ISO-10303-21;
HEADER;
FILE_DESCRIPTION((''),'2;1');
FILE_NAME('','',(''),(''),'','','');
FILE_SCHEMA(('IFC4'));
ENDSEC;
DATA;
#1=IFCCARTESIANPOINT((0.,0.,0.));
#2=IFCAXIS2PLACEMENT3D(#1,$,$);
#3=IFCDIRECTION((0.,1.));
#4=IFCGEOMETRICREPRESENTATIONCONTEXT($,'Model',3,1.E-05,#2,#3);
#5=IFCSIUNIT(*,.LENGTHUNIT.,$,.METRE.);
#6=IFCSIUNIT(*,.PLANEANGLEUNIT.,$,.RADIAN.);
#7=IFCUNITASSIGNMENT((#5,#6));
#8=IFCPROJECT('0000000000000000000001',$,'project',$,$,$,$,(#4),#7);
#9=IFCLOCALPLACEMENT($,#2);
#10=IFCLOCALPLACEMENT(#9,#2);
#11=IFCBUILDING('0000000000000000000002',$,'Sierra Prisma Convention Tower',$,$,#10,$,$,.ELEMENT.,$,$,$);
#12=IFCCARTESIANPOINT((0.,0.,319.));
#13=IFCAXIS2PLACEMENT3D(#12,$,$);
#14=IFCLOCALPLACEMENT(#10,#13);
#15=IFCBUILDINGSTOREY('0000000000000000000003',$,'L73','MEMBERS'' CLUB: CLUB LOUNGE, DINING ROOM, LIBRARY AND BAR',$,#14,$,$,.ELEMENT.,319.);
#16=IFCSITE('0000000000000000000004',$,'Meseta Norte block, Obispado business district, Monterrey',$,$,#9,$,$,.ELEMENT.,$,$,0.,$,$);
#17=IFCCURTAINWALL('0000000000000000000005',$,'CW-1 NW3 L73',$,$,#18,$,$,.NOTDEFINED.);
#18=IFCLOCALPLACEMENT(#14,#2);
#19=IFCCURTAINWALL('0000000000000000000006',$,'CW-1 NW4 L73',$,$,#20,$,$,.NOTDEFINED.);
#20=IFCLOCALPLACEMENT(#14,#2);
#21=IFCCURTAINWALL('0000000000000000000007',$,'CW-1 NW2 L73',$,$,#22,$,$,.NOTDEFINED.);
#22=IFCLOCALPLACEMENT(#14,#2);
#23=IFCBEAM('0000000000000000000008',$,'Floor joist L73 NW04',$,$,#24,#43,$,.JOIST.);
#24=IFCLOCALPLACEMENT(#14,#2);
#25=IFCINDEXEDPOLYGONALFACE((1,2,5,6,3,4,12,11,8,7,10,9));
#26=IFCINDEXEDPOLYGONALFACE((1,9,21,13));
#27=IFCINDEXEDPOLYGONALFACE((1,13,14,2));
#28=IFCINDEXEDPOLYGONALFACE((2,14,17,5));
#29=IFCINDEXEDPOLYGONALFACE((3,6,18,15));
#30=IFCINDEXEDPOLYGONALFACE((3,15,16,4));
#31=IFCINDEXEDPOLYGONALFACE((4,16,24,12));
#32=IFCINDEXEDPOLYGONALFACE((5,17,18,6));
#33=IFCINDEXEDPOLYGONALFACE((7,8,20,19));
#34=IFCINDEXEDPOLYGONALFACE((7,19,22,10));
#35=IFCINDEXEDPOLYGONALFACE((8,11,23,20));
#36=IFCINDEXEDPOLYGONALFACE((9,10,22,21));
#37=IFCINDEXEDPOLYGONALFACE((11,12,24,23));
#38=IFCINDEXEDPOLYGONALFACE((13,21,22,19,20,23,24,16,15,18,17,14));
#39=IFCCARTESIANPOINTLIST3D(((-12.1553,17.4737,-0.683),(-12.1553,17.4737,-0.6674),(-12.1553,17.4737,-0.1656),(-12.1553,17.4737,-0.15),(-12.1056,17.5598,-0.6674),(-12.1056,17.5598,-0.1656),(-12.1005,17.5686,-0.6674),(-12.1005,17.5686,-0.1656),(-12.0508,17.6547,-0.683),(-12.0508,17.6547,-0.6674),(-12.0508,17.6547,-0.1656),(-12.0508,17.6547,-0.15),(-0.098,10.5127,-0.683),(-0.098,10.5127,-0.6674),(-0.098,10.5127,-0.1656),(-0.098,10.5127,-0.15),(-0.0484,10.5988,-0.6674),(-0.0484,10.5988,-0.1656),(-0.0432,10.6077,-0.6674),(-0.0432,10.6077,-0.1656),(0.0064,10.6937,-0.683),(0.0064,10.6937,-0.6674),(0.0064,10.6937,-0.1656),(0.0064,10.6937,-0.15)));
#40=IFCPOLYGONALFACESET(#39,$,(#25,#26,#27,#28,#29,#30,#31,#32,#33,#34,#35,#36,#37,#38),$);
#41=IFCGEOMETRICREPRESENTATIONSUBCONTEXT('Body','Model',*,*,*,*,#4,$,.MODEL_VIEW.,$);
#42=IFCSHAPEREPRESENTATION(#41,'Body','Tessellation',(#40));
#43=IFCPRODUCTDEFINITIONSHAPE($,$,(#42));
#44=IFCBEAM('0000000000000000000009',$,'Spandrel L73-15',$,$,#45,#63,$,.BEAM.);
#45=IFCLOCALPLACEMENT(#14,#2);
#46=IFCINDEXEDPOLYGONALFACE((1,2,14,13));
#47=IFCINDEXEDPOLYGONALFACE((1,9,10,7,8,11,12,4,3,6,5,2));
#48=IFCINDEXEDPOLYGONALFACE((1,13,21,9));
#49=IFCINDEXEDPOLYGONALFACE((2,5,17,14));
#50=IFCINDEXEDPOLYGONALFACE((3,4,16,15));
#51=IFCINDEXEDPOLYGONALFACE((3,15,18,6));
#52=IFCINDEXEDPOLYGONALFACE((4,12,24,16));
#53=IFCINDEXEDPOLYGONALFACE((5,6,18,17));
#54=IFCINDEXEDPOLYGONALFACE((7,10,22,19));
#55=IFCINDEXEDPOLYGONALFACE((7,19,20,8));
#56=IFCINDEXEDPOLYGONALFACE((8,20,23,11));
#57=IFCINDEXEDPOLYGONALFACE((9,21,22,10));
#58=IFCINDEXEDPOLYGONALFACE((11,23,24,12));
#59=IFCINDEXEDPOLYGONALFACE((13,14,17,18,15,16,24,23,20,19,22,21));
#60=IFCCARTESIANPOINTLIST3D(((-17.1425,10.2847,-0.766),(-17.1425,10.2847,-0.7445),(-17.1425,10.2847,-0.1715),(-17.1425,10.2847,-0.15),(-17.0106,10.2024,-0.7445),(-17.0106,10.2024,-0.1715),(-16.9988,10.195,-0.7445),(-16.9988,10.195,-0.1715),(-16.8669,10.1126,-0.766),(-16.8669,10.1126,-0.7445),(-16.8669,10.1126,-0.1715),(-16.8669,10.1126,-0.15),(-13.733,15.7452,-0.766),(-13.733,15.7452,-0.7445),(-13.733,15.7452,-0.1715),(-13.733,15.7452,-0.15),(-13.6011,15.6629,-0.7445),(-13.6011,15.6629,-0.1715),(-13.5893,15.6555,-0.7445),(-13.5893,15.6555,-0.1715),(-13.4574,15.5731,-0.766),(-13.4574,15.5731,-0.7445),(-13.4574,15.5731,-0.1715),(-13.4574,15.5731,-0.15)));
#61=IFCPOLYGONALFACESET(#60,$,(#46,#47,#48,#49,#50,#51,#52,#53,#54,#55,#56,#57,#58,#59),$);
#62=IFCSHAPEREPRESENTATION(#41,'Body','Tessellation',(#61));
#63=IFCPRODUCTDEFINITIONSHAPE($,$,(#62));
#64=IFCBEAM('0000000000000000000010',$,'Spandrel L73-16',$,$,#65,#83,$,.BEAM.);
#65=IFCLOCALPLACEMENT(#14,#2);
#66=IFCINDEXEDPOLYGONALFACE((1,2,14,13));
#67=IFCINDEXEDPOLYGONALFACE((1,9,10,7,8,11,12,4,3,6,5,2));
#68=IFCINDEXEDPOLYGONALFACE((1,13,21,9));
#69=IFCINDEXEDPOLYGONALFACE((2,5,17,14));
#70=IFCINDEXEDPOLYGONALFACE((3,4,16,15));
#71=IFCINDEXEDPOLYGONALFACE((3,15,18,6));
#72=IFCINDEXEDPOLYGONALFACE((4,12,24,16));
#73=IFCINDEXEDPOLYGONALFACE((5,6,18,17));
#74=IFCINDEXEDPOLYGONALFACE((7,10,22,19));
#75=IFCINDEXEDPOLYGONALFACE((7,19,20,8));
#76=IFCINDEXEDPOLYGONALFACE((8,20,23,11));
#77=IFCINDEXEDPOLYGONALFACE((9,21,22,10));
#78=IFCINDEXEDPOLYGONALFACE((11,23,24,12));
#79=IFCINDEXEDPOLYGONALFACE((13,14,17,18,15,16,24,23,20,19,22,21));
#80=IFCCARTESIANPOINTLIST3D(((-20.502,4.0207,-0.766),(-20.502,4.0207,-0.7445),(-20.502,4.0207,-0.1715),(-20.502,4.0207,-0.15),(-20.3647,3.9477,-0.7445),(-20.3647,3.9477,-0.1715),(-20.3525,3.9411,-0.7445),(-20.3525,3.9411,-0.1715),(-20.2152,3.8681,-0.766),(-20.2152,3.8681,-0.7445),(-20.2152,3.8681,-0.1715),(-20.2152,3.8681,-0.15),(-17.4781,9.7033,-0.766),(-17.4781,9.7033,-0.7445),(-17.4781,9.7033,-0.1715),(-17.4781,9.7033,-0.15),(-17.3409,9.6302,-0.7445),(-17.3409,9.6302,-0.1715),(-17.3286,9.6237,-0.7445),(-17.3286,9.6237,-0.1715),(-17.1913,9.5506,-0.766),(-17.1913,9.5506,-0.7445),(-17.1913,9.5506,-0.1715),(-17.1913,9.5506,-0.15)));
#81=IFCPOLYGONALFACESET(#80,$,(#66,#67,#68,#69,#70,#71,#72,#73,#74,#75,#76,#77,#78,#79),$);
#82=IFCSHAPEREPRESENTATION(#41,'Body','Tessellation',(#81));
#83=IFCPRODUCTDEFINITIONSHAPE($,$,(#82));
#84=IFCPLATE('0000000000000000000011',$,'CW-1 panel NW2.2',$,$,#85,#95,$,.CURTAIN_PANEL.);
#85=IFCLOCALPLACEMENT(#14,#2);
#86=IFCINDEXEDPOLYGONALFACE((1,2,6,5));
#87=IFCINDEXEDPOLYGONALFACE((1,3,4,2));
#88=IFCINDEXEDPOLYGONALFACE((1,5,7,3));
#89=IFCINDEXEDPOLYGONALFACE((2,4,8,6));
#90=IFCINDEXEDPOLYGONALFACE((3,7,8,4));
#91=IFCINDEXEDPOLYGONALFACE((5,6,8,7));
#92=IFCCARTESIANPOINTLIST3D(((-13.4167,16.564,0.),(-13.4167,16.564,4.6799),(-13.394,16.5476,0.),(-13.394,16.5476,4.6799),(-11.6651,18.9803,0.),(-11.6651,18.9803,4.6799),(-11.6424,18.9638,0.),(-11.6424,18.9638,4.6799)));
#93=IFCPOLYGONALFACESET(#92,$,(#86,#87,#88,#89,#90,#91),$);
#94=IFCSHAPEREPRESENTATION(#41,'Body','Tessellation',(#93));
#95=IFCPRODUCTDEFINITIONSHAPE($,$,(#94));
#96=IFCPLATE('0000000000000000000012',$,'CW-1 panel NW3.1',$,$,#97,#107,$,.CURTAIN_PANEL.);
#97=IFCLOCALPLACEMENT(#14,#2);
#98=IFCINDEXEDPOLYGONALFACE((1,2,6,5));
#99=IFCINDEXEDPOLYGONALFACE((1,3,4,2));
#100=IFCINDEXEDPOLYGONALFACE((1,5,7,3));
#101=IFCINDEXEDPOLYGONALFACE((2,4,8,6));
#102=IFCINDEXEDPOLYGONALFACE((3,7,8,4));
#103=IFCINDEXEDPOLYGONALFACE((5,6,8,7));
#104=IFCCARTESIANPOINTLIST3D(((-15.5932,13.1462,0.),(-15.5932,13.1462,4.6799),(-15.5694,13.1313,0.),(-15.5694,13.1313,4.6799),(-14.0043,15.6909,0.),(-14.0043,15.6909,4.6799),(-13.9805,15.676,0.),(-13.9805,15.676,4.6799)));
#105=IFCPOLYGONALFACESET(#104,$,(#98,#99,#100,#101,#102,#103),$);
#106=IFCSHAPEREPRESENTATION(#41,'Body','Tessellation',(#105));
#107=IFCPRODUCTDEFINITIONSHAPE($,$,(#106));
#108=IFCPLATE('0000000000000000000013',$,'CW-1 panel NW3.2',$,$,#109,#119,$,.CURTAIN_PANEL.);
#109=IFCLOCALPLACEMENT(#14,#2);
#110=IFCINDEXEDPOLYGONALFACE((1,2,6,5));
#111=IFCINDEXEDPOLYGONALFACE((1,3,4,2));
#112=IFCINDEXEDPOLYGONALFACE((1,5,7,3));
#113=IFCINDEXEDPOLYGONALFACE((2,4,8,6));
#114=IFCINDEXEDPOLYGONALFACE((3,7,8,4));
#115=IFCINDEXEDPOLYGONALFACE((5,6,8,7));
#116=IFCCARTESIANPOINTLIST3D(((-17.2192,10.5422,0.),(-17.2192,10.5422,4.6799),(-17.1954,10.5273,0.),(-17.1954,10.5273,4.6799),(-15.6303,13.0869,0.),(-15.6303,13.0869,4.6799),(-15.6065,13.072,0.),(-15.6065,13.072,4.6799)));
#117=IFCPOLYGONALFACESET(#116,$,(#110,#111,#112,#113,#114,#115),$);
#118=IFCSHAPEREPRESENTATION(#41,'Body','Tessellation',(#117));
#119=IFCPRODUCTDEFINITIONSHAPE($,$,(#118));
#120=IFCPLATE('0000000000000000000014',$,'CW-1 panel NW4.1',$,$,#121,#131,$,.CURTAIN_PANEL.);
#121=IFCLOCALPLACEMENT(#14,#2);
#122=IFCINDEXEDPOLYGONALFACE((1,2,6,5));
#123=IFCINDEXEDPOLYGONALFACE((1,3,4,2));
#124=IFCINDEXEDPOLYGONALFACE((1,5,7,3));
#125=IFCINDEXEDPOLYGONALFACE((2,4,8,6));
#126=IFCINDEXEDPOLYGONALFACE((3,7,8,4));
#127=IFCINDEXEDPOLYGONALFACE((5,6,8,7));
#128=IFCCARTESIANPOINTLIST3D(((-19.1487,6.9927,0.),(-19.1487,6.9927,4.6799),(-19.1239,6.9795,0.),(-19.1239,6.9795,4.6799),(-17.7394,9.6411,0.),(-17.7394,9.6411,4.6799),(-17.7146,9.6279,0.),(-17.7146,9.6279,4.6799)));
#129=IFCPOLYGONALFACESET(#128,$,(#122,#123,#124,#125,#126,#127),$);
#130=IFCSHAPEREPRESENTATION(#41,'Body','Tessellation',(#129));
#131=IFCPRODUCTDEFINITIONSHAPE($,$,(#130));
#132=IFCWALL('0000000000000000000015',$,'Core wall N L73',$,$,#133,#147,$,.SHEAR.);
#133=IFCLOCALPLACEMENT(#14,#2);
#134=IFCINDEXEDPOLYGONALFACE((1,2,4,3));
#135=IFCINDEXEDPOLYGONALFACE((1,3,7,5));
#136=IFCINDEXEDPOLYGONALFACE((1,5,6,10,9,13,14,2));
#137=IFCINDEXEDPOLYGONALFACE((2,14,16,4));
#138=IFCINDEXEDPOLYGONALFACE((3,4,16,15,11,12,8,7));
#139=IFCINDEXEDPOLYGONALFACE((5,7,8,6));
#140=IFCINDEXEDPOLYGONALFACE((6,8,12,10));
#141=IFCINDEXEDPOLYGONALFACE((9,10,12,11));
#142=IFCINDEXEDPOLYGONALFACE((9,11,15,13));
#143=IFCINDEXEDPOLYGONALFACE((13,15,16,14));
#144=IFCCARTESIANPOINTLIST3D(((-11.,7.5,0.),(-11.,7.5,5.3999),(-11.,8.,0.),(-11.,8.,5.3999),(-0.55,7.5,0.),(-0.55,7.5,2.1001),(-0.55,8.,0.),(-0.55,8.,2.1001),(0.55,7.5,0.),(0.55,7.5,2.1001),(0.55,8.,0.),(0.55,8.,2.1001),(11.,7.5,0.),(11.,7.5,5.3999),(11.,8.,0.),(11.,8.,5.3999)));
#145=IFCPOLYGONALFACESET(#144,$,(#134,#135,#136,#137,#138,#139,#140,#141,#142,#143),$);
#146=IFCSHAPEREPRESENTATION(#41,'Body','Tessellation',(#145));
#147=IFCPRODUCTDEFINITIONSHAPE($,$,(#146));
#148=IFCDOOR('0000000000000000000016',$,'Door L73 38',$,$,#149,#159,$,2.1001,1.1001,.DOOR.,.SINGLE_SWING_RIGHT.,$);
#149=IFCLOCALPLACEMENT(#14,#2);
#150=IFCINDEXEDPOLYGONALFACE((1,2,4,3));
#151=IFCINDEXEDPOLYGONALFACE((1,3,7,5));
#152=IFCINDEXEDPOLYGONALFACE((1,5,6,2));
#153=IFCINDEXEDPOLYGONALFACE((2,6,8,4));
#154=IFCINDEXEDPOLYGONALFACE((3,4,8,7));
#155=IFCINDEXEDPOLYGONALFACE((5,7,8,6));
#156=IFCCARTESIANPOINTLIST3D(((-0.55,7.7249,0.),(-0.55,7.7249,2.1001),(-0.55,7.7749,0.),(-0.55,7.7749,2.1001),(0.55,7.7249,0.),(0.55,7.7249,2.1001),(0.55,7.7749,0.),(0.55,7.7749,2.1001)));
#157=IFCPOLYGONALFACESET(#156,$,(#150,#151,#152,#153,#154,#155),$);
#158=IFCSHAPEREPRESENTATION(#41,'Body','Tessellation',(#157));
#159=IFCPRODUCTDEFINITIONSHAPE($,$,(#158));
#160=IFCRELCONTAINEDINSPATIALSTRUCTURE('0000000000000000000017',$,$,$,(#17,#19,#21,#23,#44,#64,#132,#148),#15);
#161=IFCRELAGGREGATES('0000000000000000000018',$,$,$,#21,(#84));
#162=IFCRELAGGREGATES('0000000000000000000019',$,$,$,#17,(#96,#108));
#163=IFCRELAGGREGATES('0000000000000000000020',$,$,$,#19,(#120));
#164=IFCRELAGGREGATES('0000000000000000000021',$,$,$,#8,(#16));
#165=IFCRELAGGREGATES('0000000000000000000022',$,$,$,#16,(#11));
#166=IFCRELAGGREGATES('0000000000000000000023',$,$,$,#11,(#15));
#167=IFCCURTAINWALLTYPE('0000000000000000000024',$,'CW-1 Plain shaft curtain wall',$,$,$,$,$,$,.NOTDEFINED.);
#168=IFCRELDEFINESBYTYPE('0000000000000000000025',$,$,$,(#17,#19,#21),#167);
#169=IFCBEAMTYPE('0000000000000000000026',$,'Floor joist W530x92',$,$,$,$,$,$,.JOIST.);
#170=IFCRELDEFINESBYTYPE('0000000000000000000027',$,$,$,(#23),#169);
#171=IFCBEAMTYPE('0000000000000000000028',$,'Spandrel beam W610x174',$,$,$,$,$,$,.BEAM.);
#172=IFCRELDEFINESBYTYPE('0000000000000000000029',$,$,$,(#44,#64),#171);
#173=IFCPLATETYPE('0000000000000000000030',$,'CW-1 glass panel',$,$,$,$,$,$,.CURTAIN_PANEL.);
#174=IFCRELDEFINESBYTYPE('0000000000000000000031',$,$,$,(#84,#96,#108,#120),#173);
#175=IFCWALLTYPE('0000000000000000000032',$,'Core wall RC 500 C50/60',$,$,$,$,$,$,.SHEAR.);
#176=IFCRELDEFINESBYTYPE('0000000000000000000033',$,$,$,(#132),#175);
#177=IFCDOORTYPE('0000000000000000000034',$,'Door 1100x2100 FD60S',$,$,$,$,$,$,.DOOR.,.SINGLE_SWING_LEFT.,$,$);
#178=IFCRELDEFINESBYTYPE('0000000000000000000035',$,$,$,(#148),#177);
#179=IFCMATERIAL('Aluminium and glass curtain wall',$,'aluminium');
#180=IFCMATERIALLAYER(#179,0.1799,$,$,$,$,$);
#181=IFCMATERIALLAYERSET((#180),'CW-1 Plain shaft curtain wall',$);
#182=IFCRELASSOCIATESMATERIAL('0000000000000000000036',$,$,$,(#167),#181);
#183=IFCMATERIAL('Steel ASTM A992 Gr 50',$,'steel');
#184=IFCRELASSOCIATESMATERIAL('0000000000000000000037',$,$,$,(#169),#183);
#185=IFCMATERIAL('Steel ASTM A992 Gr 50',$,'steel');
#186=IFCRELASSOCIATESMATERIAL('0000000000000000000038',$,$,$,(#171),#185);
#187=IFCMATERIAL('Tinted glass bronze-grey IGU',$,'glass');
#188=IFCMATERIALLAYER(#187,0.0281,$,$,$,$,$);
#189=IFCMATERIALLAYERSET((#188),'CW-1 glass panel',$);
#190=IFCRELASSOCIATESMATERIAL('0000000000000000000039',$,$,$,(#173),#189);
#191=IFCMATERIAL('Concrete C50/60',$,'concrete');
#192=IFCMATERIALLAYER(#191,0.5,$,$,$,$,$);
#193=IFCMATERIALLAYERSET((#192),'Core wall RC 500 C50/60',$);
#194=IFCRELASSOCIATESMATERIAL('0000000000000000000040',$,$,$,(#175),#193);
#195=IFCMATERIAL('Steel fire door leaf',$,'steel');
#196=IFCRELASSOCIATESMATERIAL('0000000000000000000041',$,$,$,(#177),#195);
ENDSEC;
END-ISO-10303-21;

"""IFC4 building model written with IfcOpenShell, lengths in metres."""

from ifc_helpers import new_model, si_unit, direction, frame, frame_2d, origin, origin_2d, place, context, subcontext, project, spatial, rectangle, i_section, extrude, material, layer, layer_set, material_profile, profile_set, type_object, element, fill, aggregate, save


model = new_model("IFC4")

# Units and contexts
model_context = context("Model", 3, precision=1e-05, world=origin(), true_north=direction((0.0, 1.0)))
body_context = subcontext(model_context, "Body", "Model", "MODEL_VIEW")
ifc_project = project(units=[si_unit("LENGTHUNIT", "METRE"), si_unit("PLANEANGLEUNIT", "RADIAN")], contexts=[model_context])

# Site, building, storey
site_placement = place(None, origin())
site = spatial("IfcSite", under=ifc_project, at=site_placement, Name="Meseta Norte block, Obispado business district, Monterrey", CompositionType="ELEMENT", RefElevation=0.0)
building_placement = place(site_placement, origin())
building = spatial("IfcBuilding", under=site, at=building_placement, Name="Sierra Prisma Convention Tower", CompositionType="ELEMENT")
storey_placement = place(building_placement, frame((0.0, 0.0, 319.0)))
storey = spatial("IfcBuildingStorey", under=building, at=storey_placement, Name="L73", Description="MEMBERS' CLUB: CLUB LOUNGE, DINING ROOM, LIBRARY AND BAR", CompositionType="ELEMENT", Elevation=319.0)

# Curtain wall
ifc_material_1 = material(Name="Aluminium and glass curtain wall", Category="aluminium")
ifc_layer_1 = layer(ifc_material_1, 0.1799)
ifc_layer_set_1 = layer_set([ifc_layer_1], Name="CW-1 Plain shaft curtain wall")
curtain_wall_type = type_object("IfcCurtainWallType", Name="CW-1 Plain shaft curtain wall", PredefinedType="NOTDEFINED", material=ifc_layer_set_1)
curtain_wall_1_placement = place(storey_placement, origin())
curtain_wall_1 = element("IfcCurtainWall", 1, at=curtain_wall_1_placement, inside=storey, type_object=curtain_wall_type, Name="CW-1 NW3 L73", PredefinedType="NOTDEFINED")

# Curtain walls
curtain_wall_2_placement = place(storey_placement, origin())
curtain_wall_2 = element("IfcCurtainWall", 2, at=curtain_wall_2_placement, inside=storey, type_object=curtain_wall_type, Name="CW-1 NW4 L73", PredefinedType="NOTDEFINED")
curtain_wall_3_placement = place(storey_placement, origin())
curtain_wall_3 = element("IfcCurtainWall", 3, at=curtain_wall_3_placement, inside=storey, type_object=curtain_wall_type, Name="CW-1 NW2 L73", PredefinedType="NOTDEFINED")

# Beams
ifc_material_2 = material(Name="Steel ASTM A992 Gr 50", Category="steel")
ifc_material_profile_1 = material_profile(ifc_material_2, i_section(OverallWidth=0.209, OverallDepth=0.533, WebThickness=0.0103, FlangeThickness=0.0156, at=origin_2d()), Name="W530x92")
ifc_profile_set_1 = profile_set([ifc_material_profile_1], Name="Steel ASTM A992 Gr 50")
beam_type_1 = type_object("IfcBeamType", Name="Floor joist W530x92", PredefinedType="JOIST", material=ifc_profile_set_1)
beam_1_placement = place(storey_placement, frame((-12.103, 17.5642, -0.4165), z_axis=(0.866033, -0.499987, 0.0), x_axis=(0.499987, 0.866033, 0.0)))
element("IfcBeam", 4, at=beam_1_placement, inside=storey, type_object=beam_type_1, Name="Floor joist L73 NW04", PredefinedType="JOIST", context=body_context, shape_type="SweptSolid", body=[
    extrude(i_section(OverallWidth=0.209, OverallDepth=0.533, WebThickness=0.0103, FlangeThickness=0.0156, at=origin_2d()), origin(), (0.0, 0.0, 1.0), 13.9224),
])
ifc_material_3 = material(Name="Steel ASTM A992 Gr 50", Category="steel")
ifc_material_profile_2 = material_profile(ifc_material_3, i_section(OverallWidth=0.325, OverallDepth=0.616, WebThickness=0.0139, FlangeThickness=0.0215, at=origin_2d()), Name="W610x174")
ifc_profile_set_2 = profile_set([ifc_material_profile_2], Name="Steel ASTM A992 Gr 50")
beam_type_2 = type_object("IfcBeamType", Name="Spandrel beam W610x174", PredefinedType="BEAM", material=ifc_profile_set_2)
beam_2_placement = place(storey_placement, frame((-13.5952, 15.6592, -0.458), z_axis=(-0.529624, -0.848233, 0.0), x_axis=(0.848233, -0.529624, 0.0)))
element("IfcBeam", 5, at=beam_2_placement, inside=storey, type_object=beam_type_2, Name="Spandrel L73-15", PredefinedType="BEAM", context=body_context, shape_type="SweptSolid", body=[
    extrude(i_section(OverallWidth=0.325, OverallDepth=0.616, WebThickness=0.0139, FlangeThickness=0.0215, at=origin_2d()), origin(), (0.0, 0.0, 1.0), 6.4375),
])
beam_3_placement = place(storey_placement, frame((-17.3347, 9.627, -0.458), z_axis=(-0.469765, -0.882791, 0.0), x_axis=(0.882791, -0.469765, 0.0)))
element("IfcBeam", 6, at=beam_3_placement, inside=storey, type_object=beam_type_2, Name="Spandrel L73-16", PredefinedType="BEAM", context=body_context, shape_type="SweptSolid", body=[
    extrude(i_section(OverallWidth=0.325, OverallDepth=0.616, WebThickness=0.0139, FlangeThickness=0.0215, at=origin_2d()), origin(), (0.0, 0.0, 1.0), 6.437),
])

# Plates
ifc_material_4 = material(Name="Tinted glass bronze-grey IGU", Category="glass")
ifc_layer_2 = layer(ifc_material_4, 0.0281)
ifc_layer_set_2 = layer_set([ifc_layer_2], Name="CW-1 glass panel")
plate_type = type_object("IfcPlateType", Name="CW-1 glass panel", PredefinedType="CURTAIN_PANEL", material=ifc_layer_set_2)
plate_1_placement = place(storey_placement, frame((-12.5295, 17.7639, 0.0), z_axis=(0.0, 0.0, 1.0), x_axis=(-0.586938, -0.809632, 0.0)))
plate_1 = element("IfcPlate", 7, at=plate_1_placement, type_object=plate_type, Name="CW-1 panel NW2.2", PredefinedType="CURTAIN_PANEL", context=body_context, shape_type="SweptSolid", body=[
    extrude(rectangle(XDim=2.9844, YDim=0.0281, at=origin_2d()), origin(), (0.0, 0.0, 1.0), 4.6799),
])
aggregate(curtain_wall_3, [plate_1])
plate_2_placement = place(storey_placement, frame((-14.7869, 14.4111, 0.0), z_axis=(0.0, 0.0, 1.0), x_axis=(-0.529623, -0.848233, 0.0)))
plate_2 = element("IfcPlate", 8, at=plate_2_placement, type_object=plate_type, Name="CW-1 panel NW3.1", PredefinedType="CURTAIN_PANEL", context=body_context, shape_type="SweptSolid", body=[
    extrude(rectangle(XDim=3.0, YDim=0.0281, at=origin_2d()), origin(), (0.0, 0.0, 1.0), 4.6799),
])
plate_3_placement = place(storey_placement, frame((-16.4128, 11.8071, 0.0), z_axis=(0.0, 0.0, 1.0), x_axis=(-0.529623, -0.848233, 0.0)))
plate_3 = element("IfcPlate", 9, at=plate_3_placement, type_object=plate_type, Name="CW-1 panel NW3.2", PredefinedType="CURTAIN_PANEL", context=body_context, shape_type="SweptSolid", body=[
    extrude(rectangle(XDim=3.0, YDim=0.0281, at=origin_2d()), origin(), (0.0, 0.0, 1.0), 4.6799),
])
aggregate(curtain_wall_1, [plate_2, plate_3])
plate_4_placement = place(storey_placement, frame((-18.4316, 8.3103, 0.0), z_axis=(0.0, 0.0, 1.0), x_axis=(-0.46978, -0.882784, 0.0)))
plate_4 = element("IfcPlate", 10, at=plate_4_placement, type_object=plate_type, Name="CW-1 panel NW4.1", PredefinedType="CURTAIN_PANEL", context=body_context, shape_type="SweptSolid", body=[
    extrude(rectangle(XDim=3.0, YDim=0.0281, at=origin_2d()), origin(), (0.0, 0.0, 1.0), 4.6799),
])
aggregate(curtain_wall_2, [plate_4])

# Wall, opening, door
ifc_material_5 = material(Name="Concrete C50/60", Category="concrete")
ifc_layer_3 = layer(ifc_material_5, 0.5)
ifc_layer_set_3 = layer_set([ifc_layer_3], Name="Core wall RC 500 C50/60")
wall_type_1 = type_object("IfcWallType", Name="Core wall RC 500 C50/60", PredefinedType="SHEAR", material=ifc_layer_set_3)
wall_1_placement = place(storey_placement, frame((-11.0, 7.75, 0.0), z_axis=(0.0, 0.0, 1.0), x_axis=(1.0, 0.0, 0.0)))
wall_1 = element("IfcWall", 11, at=wall_1_placement, inside=storey, type_object=wall_type_1, Name="Core wall N L73", PredefinedType="SHEAR", context=body_context, shape_type="SweptSolid", body=[
    extrude(rectangle(XDim=22.0, YDim=0.5, at=frame_2d((11.0, 0.0))), origin(), (0.0, 0.0, 1.0), 5.3999),
])
opening_1_placement = place(wall_1_placement, frame((10.45, 0.0, 0.0)))
opening_1 = element("IfcOpeningElement", 12, at=opening_1_placement, cuts=wall_1, PredefinedType="OPENING", context=body_context, shape_type="SweptSolid", body=[
    extrude(rectangle(XDim=1.1001, YDim=2.1001, at=frame_2d((0.55, 1.05))), frame((0.0, 0.25, 0.0), z_axis=(0.0, -1.0, 0.0), x_axis=(1.0, 0.0, 0.0)), (0.0, 0.0, 1.0), 0.5),
])
ifc_material_6 = material(Name="Steel fire door leaf", Category="steel")
door_type_1 = type_object("IfcDoorType", Name="Door 1100x2100 FD60S", OperationType="SINGLE_SWING_LEFT", PredefinedType="DOOR", material=ifc_material_6)
door_1_placement = place(opening_1_placement, origin())
door_1 = element("IfcDoor", 13, at=door_1_placement, inside=storey, type_object=door_type_1, Name="Door L73 38", OperationType="SINGLE_SWING_RIGHT", OverallHeight=2.1001, OverallWidth=1.1001, PredefinedType="DOOR", context=body_context, shape_type="SweptSolid", body=[
    extrude(rectangle(XDim=1.1001, YDim=2.1001, at=frame_2d((0.55, 1.05))), frame((0.0, 0.0249, 0.0), z_axis=(0.0, -1.0, 0.0), x_axis=(1.0, 0.0, 0.0)), (0.0, 0.0, 1.0), 0.05),
])
fill(opening_1, door_1)

save(model, "model.ifc")
